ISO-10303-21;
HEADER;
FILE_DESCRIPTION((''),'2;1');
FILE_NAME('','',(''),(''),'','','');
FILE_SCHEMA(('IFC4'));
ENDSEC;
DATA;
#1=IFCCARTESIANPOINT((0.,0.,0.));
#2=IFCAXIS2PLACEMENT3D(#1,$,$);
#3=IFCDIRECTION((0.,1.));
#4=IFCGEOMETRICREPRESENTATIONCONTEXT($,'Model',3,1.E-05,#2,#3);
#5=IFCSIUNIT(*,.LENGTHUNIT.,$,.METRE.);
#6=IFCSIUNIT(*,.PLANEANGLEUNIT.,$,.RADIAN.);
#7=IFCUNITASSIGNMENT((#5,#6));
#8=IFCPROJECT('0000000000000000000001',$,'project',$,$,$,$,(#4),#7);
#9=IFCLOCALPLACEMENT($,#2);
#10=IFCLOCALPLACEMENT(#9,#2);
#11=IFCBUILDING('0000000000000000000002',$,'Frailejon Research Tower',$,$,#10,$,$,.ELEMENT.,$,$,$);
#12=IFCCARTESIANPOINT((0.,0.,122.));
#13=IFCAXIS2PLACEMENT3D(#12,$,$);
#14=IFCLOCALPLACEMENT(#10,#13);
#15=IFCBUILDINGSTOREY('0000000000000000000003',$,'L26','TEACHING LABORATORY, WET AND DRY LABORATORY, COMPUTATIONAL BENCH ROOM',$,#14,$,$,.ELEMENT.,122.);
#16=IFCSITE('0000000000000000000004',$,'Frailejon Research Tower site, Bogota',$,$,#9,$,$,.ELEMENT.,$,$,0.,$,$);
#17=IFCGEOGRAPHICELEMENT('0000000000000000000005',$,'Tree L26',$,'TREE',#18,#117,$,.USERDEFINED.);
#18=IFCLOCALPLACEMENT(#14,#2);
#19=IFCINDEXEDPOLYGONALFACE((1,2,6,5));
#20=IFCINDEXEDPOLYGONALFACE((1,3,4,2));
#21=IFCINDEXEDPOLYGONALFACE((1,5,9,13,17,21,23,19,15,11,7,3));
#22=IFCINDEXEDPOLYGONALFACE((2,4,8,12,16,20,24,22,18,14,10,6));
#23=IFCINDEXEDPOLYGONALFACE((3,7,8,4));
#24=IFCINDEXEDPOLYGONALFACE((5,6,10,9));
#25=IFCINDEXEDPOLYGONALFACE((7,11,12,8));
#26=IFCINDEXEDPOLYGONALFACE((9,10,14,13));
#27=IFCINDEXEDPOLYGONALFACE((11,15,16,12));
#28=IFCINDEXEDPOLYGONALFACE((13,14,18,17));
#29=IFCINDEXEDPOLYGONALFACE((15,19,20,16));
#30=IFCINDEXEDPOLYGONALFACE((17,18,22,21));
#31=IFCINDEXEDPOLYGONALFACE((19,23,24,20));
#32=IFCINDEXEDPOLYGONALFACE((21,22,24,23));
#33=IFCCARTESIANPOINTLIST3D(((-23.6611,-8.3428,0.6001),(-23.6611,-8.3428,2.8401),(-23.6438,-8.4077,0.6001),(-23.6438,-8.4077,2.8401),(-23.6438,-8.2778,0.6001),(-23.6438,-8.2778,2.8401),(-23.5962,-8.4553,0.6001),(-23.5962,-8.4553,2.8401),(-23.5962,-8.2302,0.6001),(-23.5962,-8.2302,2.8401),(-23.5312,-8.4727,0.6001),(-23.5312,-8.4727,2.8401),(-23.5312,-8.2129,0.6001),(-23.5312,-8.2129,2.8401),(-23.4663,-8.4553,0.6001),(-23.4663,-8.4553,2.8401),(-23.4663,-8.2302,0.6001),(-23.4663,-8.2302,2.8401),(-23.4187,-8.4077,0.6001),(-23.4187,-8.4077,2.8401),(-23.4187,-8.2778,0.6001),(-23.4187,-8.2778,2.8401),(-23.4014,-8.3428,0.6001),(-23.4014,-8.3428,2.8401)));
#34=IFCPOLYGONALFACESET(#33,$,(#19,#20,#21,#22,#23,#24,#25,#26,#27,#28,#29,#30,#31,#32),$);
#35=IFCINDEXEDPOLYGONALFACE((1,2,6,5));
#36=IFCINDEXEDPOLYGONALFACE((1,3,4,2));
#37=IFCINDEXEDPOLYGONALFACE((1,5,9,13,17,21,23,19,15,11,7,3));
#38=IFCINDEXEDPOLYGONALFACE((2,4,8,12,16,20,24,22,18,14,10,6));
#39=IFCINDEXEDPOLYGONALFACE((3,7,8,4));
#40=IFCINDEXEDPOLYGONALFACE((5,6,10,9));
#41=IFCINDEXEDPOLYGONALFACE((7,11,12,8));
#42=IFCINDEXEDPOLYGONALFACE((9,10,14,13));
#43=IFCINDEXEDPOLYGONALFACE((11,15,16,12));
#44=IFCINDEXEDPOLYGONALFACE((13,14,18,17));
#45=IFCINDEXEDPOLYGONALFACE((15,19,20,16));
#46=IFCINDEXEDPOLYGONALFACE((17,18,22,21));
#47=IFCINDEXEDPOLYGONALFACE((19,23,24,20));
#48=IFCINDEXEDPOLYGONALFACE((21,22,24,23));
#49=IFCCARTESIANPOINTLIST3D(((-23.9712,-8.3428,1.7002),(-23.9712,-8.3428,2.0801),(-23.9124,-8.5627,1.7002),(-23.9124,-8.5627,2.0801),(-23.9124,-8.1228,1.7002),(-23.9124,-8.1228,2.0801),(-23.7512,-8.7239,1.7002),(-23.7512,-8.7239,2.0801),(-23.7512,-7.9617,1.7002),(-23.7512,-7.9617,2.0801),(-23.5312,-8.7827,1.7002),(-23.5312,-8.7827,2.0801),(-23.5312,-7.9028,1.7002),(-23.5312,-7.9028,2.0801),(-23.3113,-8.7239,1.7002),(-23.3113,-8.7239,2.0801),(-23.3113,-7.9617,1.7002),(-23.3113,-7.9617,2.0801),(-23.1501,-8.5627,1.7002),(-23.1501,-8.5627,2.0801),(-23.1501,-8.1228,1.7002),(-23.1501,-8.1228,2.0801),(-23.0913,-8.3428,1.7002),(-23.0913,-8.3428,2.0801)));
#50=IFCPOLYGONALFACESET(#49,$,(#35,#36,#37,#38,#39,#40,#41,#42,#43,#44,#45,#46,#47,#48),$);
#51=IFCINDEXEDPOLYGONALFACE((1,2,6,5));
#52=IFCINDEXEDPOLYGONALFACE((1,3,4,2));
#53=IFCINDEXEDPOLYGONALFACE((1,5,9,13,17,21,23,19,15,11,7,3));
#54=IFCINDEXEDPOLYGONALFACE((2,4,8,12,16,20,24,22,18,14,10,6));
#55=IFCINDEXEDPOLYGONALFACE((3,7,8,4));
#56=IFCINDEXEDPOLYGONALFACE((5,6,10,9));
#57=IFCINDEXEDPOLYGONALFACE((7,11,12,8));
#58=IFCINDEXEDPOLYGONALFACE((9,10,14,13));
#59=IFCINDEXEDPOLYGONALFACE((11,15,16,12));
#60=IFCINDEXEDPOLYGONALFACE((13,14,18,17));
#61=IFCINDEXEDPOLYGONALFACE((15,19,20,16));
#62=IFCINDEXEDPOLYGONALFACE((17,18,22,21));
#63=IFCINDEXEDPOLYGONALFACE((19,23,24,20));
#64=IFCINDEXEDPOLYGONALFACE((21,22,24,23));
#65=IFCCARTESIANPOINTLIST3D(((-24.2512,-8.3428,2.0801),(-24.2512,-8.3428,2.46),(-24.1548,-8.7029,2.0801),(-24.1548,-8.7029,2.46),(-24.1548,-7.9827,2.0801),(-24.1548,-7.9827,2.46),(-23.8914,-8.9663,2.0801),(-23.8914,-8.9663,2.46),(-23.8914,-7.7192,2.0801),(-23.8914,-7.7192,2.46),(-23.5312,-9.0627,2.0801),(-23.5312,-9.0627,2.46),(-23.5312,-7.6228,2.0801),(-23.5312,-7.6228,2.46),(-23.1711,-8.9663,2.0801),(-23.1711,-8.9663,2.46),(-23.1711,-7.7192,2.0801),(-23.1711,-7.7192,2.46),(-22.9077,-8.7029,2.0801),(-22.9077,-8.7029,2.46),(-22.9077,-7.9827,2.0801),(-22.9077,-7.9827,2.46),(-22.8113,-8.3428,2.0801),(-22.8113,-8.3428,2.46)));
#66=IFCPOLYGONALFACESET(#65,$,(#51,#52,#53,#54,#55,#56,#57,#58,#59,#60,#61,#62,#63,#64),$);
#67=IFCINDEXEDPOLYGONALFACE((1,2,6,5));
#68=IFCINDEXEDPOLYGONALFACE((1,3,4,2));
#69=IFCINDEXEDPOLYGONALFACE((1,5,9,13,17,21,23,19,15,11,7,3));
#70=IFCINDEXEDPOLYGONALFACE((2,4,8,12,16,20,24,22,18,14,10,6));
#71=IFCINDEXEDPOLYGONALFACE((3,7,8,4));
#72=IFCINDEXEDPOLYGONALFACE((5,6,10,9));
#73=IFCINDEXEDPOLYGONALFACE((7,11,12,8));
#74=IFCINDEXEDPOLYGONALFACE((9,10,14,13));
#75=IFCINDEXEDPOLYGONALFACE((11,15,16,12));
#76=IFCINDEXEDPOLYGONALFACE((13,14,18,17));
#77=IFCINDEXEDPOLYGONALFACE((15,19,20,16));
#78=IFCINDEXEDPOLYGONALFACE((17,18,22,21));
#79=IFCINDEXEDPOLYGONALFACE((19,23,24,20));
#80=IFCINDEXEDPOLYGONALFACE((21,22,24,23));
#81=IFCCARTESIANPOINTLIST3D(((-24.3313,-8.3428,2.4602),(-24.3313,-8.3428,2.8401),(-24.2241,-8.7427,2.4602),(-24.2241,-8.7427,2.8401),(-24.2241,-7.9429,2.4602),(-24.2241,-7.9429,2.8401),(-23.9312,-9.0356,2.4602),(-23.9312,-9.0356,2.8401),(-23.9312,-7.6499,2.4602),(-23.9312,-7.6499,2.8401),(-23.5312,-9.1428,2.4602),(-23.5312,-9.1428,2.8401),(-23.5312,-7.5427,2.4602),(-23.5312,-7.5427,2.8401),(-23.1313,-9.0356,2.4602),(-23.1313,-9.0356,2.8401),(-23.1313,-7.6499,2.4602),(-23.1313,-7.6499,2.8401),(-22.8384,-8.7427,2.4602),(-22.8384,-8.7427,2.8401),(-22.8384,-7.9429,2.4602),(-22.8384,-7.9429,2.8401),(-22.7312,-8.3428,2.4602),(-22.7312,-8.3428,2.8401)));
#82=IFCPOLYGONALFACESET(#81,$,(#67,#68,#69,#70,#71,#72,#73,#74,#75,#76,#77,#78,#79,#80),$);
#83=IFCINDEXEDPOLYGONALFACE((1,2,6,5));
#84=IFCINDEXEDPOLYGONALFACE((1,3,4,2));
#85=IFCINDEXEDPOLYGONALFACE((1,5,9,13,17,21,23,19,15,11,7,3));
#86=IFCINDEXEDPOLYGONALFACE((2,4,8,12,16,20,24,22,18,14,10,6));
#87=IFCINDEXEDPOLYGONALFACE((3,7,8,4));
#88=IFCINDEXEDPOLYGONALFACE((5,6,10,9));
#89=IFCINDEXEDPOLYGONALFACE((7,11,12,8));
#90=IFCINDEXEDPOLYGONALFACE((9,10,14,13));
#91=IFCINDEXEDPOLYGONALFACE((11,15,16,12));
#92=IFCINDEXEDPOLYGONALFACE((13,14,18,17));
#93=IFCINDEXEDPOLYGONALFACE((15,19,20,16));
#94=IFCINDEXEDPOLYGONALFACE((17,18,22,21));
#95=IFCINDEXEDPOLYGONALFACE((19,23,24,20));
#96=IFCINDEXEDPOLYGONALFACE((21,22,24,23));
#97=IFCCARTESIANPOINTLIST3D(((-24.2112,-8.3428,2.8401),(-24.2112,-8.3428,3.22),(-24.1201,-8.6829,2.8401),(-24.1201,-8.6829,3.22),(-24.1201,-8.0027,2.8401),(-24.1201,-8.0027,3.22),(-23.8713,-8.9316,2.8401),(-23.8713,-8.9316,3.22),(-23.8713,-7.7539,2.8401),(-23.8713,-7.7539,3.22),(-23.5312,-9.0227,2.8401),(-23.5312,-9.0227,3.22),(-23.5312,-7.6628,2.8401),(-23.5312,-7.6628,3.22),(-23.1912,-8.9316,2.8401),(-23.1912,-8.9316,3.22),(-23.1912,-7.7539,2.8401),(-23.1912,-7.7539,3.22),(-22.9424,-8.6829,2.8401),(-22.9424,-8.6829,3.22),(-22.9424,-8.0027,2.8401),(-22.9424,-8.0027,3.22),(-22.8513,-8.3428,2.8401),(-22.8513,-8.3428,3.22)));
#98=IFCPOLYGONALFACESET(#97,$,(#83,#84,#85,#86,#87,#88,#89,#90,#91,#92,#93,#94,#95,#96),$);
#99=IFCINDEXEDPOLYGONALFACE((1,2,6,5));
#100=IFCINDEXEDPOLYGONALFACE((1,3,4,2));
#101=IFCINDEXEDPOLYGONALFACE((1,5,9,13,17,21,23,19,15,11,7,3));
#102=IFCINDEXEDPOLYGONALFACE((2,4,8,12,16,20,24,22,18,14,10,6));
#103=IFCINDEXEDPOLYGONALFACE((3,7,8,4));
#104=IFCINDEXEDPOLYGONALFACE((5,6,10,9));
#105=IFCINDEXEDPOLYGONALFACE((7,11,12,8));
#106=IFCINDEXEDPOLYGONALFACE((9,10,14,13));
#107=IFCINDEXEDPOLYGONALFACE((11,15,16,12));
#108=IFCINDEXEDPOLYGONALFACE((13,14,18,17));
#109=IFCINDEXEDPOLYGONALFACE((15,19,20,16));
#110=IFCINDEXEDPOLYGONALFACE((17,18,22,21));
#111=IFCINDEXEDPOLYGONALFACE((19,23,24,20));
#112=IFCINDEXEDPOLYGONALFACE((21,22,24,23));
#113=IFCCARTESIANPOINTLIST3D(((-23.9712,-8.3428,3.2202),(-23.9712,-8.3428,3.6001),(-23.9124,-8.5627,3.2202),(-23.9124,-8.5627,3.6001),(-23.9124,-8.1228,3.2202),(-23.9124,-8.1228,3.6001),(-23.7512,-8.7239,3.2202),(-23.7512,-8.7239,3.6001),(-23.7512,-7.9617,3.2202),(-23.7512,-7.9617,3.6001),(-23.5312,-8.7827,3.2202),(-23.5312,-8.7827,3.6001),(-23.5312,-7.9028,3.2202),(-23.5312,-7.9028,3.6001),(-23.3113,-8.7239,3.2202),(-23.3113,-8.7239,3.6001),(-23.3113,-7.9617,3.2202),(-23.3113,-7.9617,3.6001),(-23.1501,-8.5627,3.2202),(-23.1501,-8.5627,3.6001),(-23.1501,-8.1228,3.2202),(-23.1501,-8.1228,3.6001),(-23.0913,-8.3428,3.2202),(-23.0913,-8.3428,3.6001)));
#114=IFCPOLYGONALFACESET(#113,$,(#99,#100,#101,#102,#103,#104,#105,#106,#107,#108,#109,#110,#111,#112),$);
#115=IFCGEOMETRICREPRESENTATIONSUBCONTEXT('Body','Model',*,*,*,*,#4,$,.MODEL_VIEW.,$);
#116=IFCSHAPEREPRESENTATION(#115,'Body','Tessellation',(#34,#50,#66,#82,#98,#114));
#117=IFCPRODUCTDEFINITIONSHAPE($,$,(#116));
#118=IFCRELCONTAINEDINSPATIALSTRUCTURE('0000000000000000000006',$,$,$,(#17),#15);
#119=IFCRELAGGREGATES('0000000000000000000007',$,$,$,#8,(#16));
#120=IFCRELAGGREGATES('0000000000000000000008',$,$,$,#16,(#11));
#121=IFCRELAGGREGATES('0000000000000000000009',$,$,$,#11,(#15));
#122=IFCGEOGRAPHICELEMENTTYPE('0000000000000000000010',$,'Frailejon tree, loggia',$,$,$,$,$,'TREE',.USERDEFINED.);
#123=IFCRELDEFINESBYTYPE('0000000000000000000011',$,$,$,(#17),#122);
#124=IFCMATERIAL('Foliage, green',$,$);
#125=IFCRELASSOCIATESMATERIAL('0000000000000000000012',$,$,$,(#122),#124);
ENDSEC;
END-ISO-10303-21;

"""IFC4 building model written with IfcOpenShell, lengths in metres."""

from ifc_helpers import new_model, si_unit, direction, frame, origin, place, context, subcontext, project, spatial, polyline, outline, extrude, material, type_object, element, save


model = new_model("IFC4")

# Units and contexts
model_context = context("Model", 3, precision=1e-05, world=origin(), true_north=direction((0.0, 1.0)))
body_context = subcontext(model_context, "Body", "Model", "MODEL_VIEW")
ifc_project = project(units=[si_unit("LENGTHUNIT", "METRE"), si_unit("PLANEANGLEUNIT", "RADIAN")], contexts=[model_context])

# Site, building, storey
site_placement = place(None, origin())
site = spatial("IfcSite", under=ifc_project, at=site_placement, Name="Frailejon Research Tower site, Bogota", CompositionType="ELEMENT", RefElevation=0.0)
building_placement = place(site_placement, origin())
building = spatial("IfcBuilding", under=site, at=building_placement, Name="Frailejon Research Tower", CompositionType="ELEMENT")
storey_placement = place(building_placement, frame((0.0, 0.0, 122.0)))
storey = spatial("IfcBuildingStorey", under=building, at=storey_placement, Name="L26", Description="TEACHING LABORATORY, WET AND DRY LABORATORY, COMPUTATIONAL BENCH ROOM", CompositionType="ELEMENT", Elevation=122.0)

# Geographic element
ifc_material_1 = material(Name="Foliage, green")
geographic_element_type = type_object("IfcGeographicElementType", Name="Frailejon tree, loggia", ElementType="TREE", PredefinedType="USERDEFINED", material=ifc_material_1)
geographic_element_placement = place(storey_placement, frame((-23.5312, -8.3428, 0.6001)))
element("IfcGeographicElement", 1, at=geographic_element_placement, inside=storey, type_object=geographic_element_type, Name="Tree L26", ObjectType="TREE", PredefinedType="USERDEFINED", context=body_context, shape_type="SweptSolid", body=[
    extrude(outline(polyline([(0.1299, 0.0), (0.1125, 0.0649), (0.0649, 0.1125), (0.0, 0.1299), (-0.0649, 0.1125), (-0.1125, 0.0649), (-0.1299, 0.0), (-0.1125, -0.0649), (-0.0649, -0.1125), (0.0, -0.1299), (0.0649, -0.1125), (0.1125, -0.0649), (0.1299, 0.0)])), origin(), (0.0, 0.0, 1.0), 2.24),
    extrude(outline(polyline([(0.4399, 0.0), (0.3811, 0.22), (0.22, 0.3811), (0.0, 0.4399), (-0.22, 0.3811), (-0.3811, 0.22), (-0.4399, 0.0), (-0.3811, -0.22), (-0.22, -0.3811), (0.0, -0.4399), (0.22, -0.3811), (0.3811, -0.22), (0.4399, 0.0)])), frame((0.0, 0.0, 1.1001)), (0.0, 0.0, 1.0), 0.3799),
    extrude(outline(polyline([(0.72, 0.0), (0.6235, 0.3601), (0.3601, 0.6235), (0.0, 0.72), (-0.3601, 0.6235), (-0.6235, 0.3601), (-0.72, 0.0), (-0.6235, -0.3601), (-0.3601, -0.6235), (0.0, -0.72), (0.3601, -0.6235), (0.6235, -0.3601), (0.72, 0.0)])), frame((0.0, 0.0, 1.48)), (0.0, 0.0, 1.0), 0.3799),
    extrude(outline(polyline([(0.8, 0.0), (0.6929, 0.3999), (0.3999, 0.6929), (0.0, 0.8), (-0.3999, 0.6929), (-0.6929, 0.3999), (-0.8, 0.0), (-0.6929, -0.3999), (-0.3999, -0.6929), (0.0, -0.8), (0.3999, -0.6929), (0.6929, -0.3999), (0.8, 0.0)])), frame((0.0, 0.0, 1.8601)), (0.0, 0.0, 1.0), 0.3799),
    extrude(outline(polyline([(0.6799, 0.0), (0.5889, 0.3401), (0.3401, 0.5889), (0.0, 0.6799), (-0.3401, 0.5889), (-0.5889, 0.3401), (-0.6799, 0.0), (-0.5889, -0.3401), (-0.3401, -0.5889), (0.0, -0.6799), (0.3401, -0.5889), (0.5889, -0.3401), (0.6799, 0.0)])), frame((0.0, 0.0, 2.24)), (0.0, 0.0, 1.0), 0.3799),
    extrude(outline(polyline([(0.4399, 0.0), (0.3811, 0.22), (0.22, 0.3811), (0.0, 0.4399), (-0.22, 0.3811), (-0.3811, 0.22), (-0.4399, 0.0), (-0.3811, -0.22), (-0.22, -0.3811), (0.0, -0.4399), (0.22, -0.3811), (0.3811, -0.22), (0.4399, 0.0)])), frame((0.0, 0.0, 2.6201)), (0.0, 0.0, 1.0), 0.3799),
])

save(model, "model.ifc")
